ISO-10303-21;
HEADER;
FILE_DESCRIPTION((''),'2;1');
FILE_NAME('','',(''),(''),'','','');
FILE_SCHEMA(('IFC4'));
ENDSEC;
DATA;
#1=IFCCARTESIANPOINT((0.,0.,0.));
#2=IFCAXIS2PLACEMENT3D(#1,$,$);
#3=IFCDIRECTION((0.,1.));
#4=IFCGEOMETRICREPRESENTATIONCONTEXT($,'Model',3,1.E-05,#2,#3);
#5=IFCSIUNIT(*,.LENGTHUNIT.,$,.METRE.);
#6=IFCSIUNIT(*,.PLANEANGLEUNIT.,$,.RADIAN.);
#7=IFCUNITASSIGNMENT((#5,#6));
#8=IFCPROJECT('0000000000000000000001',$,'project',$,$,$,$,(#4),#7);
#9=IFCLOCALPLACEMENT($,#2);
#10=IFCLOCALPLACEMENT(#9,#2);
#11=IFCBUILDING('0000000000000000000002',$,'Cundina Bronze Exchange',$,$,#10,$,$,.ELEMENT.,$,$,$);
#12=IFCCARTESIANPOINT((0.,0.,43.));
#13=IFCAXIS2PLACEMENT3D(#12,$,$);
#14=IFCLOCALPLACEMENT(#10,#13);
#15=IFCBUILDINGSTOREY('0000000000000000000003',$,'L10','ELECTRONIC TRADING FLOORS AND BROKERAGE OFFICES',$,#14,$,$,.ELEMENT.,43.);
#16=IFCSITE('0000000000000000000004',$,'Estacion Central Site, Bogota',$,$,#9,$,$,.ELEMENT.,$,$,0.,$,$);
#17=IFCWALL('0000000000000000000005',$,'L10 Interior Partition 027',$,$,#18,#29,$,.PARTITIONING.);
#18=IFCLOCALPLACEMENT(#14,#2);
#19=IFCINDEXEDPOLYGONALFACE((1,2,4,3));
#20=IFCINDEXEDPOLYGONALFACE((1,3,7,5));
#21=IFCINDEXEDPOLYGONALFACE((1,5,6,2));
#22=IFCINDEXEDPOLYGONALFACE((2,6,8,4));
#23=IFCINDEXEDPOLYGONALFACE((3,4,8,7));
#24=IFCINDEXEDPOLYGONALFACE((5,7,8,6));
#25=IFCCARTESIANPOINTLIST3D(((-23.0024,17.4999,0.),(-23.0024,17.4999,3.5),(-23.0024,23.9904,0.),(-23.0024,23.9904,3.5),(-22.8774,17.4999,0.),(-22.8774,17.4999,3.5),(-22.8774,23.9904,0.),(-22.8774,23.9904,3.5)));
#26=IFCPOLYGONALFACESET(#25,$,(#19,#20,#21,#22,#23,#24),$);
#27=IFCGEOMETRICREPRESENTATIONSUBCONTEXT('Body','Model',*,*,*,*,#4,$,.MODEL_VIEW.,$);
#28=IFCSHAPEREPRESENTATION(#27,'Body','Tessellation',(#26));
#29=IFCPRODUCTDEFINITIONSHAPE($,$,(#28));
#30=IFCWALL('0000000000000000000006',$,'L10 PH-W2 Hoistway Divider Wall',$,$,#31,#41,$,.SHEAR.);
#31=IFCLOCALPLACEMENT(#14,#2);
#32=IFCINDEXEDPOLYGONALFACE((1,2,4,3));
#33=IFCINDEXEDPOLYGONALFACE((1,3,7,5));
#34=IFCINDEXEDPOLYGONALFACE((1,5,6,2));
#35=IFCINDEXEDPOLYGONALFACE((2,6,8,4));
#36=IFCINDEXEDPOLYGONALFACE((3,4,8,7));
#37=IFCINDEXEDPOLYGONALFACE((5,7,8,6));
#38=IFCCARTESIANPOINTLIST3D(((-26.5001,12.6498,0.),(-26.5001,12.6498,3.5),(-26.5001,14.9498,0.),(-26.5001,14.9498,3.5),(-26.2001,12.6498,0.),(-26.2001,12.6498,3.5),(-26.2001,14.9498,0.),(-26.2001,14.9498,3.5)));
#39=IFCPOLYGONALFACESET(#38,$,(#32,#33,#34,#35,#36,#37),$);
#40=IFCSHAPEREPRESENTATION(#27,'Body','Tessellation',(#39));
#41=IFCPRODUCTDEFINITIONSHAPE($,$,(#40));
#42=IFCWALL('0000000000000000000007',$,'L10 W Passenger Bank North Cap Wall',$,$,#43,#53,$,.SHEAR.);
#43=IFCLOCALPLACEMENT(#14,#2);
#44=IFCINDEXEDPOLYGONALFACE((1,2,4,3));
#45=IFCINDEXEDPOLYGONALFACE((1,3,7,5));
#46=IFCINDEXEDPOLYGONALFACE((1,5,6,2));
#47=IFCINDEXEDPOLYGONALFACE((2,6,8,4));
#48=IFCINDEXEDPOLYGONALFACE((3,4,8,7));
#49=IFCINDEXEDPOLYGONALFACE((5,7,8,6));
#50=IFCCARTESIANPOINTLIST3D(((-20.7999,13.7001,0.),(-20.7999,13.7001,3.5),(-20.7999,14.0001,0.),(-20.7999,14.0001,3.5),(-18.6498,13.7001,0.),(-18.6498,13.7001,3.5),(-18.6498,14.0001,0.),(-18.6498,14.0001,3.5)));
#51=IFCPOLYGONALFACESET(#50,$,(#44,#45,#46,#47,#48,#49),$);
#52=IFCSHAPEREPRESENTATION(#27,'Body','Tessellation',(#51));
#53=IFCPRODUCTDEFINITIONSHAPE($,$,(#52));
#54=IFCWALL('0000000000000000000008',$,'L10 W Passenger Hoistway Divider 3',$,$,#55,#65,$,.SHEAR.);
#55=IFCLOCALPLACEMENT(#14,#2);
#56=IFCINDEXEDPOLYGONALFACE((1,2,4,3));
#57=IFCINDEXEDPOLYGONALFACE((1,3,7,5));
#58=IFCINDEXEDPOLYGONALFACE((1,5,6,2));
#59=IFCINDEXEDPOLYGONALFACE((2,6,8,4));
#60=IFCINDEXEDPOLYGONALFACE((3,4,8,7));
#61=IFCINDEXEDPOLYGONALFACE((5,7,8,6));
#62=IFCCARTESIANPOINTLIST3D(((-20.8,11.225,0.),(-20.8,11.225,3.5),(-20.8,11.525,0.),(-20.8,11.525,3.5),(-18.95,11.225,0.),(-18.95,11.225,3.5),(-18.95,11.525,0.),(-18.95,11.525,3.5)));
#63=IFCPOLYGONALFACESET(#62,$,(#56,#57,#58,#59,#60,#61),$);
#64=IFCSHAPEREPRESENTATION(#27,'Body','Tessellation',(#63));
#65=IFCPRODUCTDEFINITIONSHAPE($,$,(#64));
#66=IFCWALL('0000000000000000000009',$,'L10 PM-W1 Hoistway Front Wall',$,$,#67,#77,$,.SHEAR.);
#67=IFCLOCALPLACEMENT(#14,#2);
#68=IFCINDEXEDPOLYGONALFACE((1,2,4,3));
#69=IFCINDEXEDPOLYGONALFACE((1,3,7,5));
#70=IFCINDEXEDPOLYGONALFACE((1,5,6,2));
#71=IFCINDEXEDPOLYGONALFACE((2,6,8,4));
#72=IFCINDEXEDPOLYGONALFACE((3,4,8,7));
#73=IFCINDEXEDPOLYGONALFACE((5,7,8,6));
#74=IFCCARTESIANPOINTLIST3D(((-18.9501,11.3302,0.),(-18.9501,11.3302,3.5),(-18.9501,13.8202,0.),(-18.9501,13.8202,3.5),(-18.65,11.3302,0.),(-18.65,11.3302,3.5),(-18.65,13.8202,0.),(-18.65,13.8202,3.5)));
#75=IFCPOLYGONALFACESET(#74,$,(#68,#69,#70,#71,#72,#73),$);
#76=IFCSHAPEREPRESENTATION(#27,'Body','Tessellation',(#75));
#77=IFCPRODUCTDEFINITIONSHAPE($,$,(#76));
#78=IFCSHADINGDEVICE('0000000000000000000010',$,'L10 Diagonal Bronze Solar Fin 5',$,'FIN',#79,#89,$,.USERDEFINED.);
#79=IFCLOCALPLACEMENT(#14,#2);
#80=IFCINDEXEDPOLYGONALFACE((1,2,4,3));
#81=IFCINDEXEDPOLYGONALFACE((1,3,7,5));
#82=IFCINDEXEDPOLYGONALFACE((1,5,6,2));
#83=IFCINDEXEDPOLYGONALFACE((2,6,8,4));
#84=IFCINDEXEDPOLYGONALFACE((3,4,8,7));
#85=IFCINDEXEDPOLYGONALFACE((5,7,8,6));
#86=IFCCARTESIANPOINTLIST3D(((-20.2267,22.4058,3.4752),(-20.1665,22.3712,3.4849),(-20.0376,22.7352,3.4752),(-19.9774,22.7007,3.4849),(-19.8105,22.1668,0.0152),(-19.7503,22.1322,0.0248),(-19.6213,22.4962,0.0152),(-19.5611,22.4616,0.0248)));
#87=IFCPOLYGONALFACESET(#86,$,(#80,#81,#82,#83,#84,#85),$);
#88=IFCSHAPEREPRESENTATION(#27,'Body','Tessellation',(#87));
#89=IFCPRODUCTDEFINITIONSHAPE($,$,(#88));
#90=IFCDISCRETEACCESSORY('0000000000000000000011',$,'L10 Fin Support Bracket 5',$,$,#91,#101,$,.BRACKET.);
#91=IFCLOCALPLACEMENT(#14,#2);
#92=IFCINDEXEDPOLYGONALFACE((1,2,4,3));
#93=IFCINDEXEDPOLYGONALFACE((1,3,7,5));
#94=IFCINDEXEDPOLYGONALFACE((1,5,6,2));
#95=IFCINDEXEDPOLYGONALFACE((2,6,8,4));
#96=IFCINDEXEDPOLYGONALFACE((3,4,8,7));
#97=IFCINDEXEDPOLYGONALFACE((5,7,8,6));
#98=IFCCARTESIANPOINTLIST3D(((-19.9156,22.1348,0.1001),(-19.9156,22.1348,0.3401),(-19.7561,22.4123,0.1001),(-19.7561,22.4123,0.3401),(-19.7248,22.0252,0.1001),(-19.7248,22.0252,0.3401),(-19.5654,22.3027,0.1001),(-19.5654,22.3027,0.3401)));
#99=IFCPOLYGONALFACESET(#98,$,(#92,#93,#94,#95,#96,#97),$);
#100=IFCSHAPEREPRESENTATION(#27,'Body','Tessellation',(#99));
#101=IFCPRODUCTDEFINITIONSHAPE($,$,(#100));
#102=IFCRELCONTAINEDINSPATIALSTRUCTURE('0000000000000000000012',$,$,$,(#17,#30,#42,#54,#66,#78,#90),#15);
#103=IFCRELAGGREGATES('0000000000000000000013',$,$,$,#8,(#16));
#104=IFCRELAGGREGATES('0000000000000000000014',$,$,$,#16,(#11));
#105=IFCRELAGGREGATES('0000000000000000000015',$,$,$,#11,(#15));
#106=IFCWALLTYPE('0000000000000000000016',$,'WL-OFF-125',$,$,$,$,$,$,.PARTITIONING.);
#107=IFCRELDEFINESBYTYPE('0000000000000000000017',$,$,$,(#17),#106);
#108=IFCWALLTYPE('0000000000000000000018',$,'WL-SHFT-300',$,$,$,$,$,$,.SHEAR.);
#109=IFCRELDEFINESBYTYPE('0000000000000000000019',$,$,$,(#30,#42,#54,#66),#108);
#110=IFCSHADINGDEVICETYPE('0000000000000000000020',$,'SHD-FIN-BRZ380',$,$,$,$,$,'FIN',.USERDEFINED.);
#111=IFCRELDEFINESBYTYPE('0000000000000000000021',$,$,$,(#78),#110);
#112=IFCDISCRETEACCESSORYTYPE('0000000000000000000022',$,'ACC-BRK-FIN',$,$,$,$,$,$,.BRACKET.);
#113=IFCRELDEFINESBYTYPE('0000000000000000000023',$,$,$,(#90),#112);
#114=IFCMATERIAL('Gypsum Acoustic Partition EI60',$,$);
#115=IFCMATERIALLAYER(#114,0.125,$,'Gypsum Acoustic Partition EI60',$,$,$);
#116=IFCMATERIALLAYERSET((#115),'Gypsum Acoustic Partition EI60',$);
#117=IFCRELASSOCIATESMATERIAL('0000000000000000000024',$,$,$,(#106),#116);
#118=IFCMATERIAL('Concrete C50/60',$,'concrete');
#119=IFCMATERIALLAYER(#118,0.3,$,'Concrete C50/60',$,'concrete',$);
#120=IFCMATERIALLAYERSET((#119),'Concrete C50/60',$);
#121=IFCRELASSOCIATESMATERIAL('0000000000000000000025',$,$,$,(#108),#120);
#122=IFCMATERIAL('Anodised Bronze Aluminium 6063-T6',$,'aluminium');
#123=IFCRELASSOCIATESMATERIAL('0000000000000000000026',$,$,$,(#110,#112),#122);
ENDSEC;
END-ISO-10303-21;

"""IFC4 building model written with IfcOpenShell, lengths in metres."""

from ifc_helpers import new_model, si_unit, direction, frame, frame_2d, origin, origin_2d, place, context, subcontext, project, spatial, rectangle, extrude, material, layer, layer_set, material_profile, profile_set, type_object, element, save


model = new_model("IFC4")

# Units and contexts
model_context = context("Model", 3, precision=1e-05, world=origin(), true_north=direction((0.0, 1.0)))
body_context = subcontext(model_context, "Body", "Model", "MODEL_VIEW")
ifc_project = project(units=[si_unit("LENGTHUNIT", "METRE"), si_unit("PLANEANGLEUNIT", "RADIAN")], contexts=[model_context])

# Site, building, storey
site_placement = place(None, origin())
site = spatial("IfcSite", under=ifc_project, at=site_placement, Name="Estacion Central Site, Bogota", CompositionType="ELEMENT", RefElevation=0.0)
building_placement = place(site_placement, origin())
building = spatial("IfcBuilding", under=site, at=building_placement, Name="Cundina Bronze Exchange", CompositionType="ELEMENT")
storey_placement = place(building_placement, frame((0.0, 0.0, 43.0)))
storey = spatial("IfcBuildingStorey", under=building, at=storey_placement, Name="L10", Description="ELECTRONIC TRADING FLOORS AND BROKERAGE OFFICES", CompositionType="ELEMENT", Elevation=43.0)

# Shared definitions
ifc_material_1 = material(Name="Anodised Bronze Aluminium 6063-T6", Category="aluminium")

# Wall
ifc_material_2 = material(Name="Gypsum Acoustic Partition EI60")
ifc_layer_1 = layer(ifc_material_2, 0.125, Name="Gypsum Acoustic Partition EI60")
ifc_layer_set_1 = layer_set([ifc_layer_1], Name="Gypsum Acoustic Partition EI60")
wall_type_1 = type_object("IfcWallType", Name="WL-OFF-125", PredefinedType="PARTITIONING", material=ifc_layer_set_1)
wall_1_placement = place(storey_placement, frame((-22.9399, 17.5, 0.0), z_axis=(0.0, 0.0, 1.0), x_axis=(0.0, 1.0, 0.0)))
element("IfcWall", 1, at=wall_1_placement, inside=storey, type_object=wall_type_1, Name="L10 Interior Partition 027", PredefinedType="PARTITIONING", context=body_context, shape_type="SweptSolid", body=[
    extrude(rectangle(XDim=6.4905, YDim=0.125, at=frame_2d((3.2451, 0.0))), origin(), (0.0, 0.0, 1.0), 3.5),
])

# Shared definitions
ifc_material_3 = material(Name="Concrete C50/60", Category="concrete")
ifc_layer_2 = layer(ifc_material_3, 0.3, Name="Concrete C50/60", Category="concrete")
ifc_layer_set_2 = layer_set([ifc_layer_2], Name="Concrete C50/60")
wall_type_2 = type_object("IfcWallType", Name="WL-SHFT-300", PredefinedType="SHEAR", material=ifc_layer_set_2)

# Walls
wall_2_placement = place(storey_placement, frame((-26.3501, 12.6499, 0.0), z_axis=(0.0, 0.0, 1.0), x_axis=(0.0, 1.0, 0.0)))
element("IfcWall", 2, at=wall_2_placement, inside=storey, type_object=wall_type_2, Name="L10 PH-W2 Hoistway Divider Wall", PredefinedType="SHEAR", context=body_context, shape_type="SweptSolid", body=[
    extrude(rectangle(XDim=2.3, YDim=0.3, at=frame_2d((1.1499, 0.0))), origin(), (0.0, 0.0, 1.0), 3.5),
])
wall_3_placement = place(storey_placement, frame((-20.8, 13.8501, 0.0), z_axis=(0.0, 0.0, 1.0), x_axis=(1.0, 0.0, 0.0)))
element("IfcWall", 3, at=wall_3_placement, inside=storey, type_object=wall_type_2, Name="L10 W Passenger Bank North Cap Wall", PredefinedType="SHEAR", context=body_context, shape_type="SweptSolid", body=[
    extrude(rectangle(XDim=2.1501, YDim=0.3, at=frame_2d((1.0752, 0.0))), origin(), (0.0, 0.0, 1.0), 3.5),
])
wall_4_placement = place(storey_placement, frame((-20.8, 11.375, 0.0), z_axis=(0.0, 0.0, 1.0), x_axis=(1.0, 0.0, 0.0)))
element("IfcWall", 4, at=wall_4_placement, inside=storey, type_object=wall_type_2, Name="L10 W Passenger Hoistway Divider 3", PredefinedType="SHEAR", context=body_context, shape_type="SweptSolid", body=[
    extrude(rectangle(XDim=1.8501, YDim=0.3, at=frame_2d((0.925, 0.0))), origin(), (0.0, 0.0, 1.0), 3.5),
])
wall_5_placement = place(storey_placement, frame((-18.8, 11.3301, 0.0), z_axis=(0.0, 0.0, 1.0), x_axis=(0.0, 1.0, 0.0)))
element("IfcWall", 5, at=wall_5_placement, inside=storey, type_object=wall_type_2, Name="L10 PM-W1 Hoistway Front Wall", PredefinedType="SHEAR", context=body_context, shape_type="SweptSolid", body=[
    extrude(rectangle(XDim=2.49, YDim=0.3, at=frame_2d((1.2451, 0.0))), origin(), (0.0, 0.0, 1.0), 3.5),
])

# Shading device
ifc_material_profile_1 = material_profile(ifc_material_1, rectangle(XDim=0.0701, YDim=0.3799, at=origin_2d()), Name="FIN70X380", Category="aluminium")
ifc_profile_set_1 = profile_set([ifc_material_profile_1], Name="Anodised Bronze Aluminium 6063-T6")
shading_device_type = type_object("IfcShadingDeviceType", Name="SHD-FIN-BRZ380", ElementType="FIN", PredefinedType="USERDEFINED", material=ifc_profile_set_1)
shading_device_placement = place(storey_placement, frame((-19.6858, 22.3142, 0.02), z_axis=(-0.119166, 0.068425, 0.990514), x_axis=(0.858982, -0.493222, 0.137414)))
element("IfcShadingDevice", 6, at=shading_device_placement, inside=storey, type_object=shading_device_type, Name="L10 Diagonal Bronze Solar Fin 5", ObjectType="FIN", PredefinedType="USERDEFINED", context=body_context, shape_type="SweptSolid", body=[
    extrude(rectangle(XDim=0.0701, YDim=0.3799, at=origin_2d()), origin(), (0.0, 0.0, 1.0), 3.4932),
])

# Discrete accessory
discrete_accessory_type = type_object("IfcDiscreteAccessoryType", Name="ACC-BRK-FIN", PredefinedType="BRACKET", material=ifc_material_1)
discrete_accessory_placement = place(storey_placement, frame((-19.7405, 22.2188, 0.1001), z_axis=(0.0, 0.0, 1.0), x_axis=(-0.867105, 0.498125, 0.0)))
element("IfcDiscreteAccessory", 7, at=discrete_accessory_placement, inside=storey, type_object=discrete_accessory_type, Name="L10 Fin Support Bracket 5", PredefinedType="BRACKET", context=body_context, shape_type="SweptSolid", body=[
    extrude(rectangle(XDim=0.22, YDim=0.3201, at=origin_2d()), origin(), (0.0, 0.0, 1.0), 0.24),
])

save(model, "model.ifc")
